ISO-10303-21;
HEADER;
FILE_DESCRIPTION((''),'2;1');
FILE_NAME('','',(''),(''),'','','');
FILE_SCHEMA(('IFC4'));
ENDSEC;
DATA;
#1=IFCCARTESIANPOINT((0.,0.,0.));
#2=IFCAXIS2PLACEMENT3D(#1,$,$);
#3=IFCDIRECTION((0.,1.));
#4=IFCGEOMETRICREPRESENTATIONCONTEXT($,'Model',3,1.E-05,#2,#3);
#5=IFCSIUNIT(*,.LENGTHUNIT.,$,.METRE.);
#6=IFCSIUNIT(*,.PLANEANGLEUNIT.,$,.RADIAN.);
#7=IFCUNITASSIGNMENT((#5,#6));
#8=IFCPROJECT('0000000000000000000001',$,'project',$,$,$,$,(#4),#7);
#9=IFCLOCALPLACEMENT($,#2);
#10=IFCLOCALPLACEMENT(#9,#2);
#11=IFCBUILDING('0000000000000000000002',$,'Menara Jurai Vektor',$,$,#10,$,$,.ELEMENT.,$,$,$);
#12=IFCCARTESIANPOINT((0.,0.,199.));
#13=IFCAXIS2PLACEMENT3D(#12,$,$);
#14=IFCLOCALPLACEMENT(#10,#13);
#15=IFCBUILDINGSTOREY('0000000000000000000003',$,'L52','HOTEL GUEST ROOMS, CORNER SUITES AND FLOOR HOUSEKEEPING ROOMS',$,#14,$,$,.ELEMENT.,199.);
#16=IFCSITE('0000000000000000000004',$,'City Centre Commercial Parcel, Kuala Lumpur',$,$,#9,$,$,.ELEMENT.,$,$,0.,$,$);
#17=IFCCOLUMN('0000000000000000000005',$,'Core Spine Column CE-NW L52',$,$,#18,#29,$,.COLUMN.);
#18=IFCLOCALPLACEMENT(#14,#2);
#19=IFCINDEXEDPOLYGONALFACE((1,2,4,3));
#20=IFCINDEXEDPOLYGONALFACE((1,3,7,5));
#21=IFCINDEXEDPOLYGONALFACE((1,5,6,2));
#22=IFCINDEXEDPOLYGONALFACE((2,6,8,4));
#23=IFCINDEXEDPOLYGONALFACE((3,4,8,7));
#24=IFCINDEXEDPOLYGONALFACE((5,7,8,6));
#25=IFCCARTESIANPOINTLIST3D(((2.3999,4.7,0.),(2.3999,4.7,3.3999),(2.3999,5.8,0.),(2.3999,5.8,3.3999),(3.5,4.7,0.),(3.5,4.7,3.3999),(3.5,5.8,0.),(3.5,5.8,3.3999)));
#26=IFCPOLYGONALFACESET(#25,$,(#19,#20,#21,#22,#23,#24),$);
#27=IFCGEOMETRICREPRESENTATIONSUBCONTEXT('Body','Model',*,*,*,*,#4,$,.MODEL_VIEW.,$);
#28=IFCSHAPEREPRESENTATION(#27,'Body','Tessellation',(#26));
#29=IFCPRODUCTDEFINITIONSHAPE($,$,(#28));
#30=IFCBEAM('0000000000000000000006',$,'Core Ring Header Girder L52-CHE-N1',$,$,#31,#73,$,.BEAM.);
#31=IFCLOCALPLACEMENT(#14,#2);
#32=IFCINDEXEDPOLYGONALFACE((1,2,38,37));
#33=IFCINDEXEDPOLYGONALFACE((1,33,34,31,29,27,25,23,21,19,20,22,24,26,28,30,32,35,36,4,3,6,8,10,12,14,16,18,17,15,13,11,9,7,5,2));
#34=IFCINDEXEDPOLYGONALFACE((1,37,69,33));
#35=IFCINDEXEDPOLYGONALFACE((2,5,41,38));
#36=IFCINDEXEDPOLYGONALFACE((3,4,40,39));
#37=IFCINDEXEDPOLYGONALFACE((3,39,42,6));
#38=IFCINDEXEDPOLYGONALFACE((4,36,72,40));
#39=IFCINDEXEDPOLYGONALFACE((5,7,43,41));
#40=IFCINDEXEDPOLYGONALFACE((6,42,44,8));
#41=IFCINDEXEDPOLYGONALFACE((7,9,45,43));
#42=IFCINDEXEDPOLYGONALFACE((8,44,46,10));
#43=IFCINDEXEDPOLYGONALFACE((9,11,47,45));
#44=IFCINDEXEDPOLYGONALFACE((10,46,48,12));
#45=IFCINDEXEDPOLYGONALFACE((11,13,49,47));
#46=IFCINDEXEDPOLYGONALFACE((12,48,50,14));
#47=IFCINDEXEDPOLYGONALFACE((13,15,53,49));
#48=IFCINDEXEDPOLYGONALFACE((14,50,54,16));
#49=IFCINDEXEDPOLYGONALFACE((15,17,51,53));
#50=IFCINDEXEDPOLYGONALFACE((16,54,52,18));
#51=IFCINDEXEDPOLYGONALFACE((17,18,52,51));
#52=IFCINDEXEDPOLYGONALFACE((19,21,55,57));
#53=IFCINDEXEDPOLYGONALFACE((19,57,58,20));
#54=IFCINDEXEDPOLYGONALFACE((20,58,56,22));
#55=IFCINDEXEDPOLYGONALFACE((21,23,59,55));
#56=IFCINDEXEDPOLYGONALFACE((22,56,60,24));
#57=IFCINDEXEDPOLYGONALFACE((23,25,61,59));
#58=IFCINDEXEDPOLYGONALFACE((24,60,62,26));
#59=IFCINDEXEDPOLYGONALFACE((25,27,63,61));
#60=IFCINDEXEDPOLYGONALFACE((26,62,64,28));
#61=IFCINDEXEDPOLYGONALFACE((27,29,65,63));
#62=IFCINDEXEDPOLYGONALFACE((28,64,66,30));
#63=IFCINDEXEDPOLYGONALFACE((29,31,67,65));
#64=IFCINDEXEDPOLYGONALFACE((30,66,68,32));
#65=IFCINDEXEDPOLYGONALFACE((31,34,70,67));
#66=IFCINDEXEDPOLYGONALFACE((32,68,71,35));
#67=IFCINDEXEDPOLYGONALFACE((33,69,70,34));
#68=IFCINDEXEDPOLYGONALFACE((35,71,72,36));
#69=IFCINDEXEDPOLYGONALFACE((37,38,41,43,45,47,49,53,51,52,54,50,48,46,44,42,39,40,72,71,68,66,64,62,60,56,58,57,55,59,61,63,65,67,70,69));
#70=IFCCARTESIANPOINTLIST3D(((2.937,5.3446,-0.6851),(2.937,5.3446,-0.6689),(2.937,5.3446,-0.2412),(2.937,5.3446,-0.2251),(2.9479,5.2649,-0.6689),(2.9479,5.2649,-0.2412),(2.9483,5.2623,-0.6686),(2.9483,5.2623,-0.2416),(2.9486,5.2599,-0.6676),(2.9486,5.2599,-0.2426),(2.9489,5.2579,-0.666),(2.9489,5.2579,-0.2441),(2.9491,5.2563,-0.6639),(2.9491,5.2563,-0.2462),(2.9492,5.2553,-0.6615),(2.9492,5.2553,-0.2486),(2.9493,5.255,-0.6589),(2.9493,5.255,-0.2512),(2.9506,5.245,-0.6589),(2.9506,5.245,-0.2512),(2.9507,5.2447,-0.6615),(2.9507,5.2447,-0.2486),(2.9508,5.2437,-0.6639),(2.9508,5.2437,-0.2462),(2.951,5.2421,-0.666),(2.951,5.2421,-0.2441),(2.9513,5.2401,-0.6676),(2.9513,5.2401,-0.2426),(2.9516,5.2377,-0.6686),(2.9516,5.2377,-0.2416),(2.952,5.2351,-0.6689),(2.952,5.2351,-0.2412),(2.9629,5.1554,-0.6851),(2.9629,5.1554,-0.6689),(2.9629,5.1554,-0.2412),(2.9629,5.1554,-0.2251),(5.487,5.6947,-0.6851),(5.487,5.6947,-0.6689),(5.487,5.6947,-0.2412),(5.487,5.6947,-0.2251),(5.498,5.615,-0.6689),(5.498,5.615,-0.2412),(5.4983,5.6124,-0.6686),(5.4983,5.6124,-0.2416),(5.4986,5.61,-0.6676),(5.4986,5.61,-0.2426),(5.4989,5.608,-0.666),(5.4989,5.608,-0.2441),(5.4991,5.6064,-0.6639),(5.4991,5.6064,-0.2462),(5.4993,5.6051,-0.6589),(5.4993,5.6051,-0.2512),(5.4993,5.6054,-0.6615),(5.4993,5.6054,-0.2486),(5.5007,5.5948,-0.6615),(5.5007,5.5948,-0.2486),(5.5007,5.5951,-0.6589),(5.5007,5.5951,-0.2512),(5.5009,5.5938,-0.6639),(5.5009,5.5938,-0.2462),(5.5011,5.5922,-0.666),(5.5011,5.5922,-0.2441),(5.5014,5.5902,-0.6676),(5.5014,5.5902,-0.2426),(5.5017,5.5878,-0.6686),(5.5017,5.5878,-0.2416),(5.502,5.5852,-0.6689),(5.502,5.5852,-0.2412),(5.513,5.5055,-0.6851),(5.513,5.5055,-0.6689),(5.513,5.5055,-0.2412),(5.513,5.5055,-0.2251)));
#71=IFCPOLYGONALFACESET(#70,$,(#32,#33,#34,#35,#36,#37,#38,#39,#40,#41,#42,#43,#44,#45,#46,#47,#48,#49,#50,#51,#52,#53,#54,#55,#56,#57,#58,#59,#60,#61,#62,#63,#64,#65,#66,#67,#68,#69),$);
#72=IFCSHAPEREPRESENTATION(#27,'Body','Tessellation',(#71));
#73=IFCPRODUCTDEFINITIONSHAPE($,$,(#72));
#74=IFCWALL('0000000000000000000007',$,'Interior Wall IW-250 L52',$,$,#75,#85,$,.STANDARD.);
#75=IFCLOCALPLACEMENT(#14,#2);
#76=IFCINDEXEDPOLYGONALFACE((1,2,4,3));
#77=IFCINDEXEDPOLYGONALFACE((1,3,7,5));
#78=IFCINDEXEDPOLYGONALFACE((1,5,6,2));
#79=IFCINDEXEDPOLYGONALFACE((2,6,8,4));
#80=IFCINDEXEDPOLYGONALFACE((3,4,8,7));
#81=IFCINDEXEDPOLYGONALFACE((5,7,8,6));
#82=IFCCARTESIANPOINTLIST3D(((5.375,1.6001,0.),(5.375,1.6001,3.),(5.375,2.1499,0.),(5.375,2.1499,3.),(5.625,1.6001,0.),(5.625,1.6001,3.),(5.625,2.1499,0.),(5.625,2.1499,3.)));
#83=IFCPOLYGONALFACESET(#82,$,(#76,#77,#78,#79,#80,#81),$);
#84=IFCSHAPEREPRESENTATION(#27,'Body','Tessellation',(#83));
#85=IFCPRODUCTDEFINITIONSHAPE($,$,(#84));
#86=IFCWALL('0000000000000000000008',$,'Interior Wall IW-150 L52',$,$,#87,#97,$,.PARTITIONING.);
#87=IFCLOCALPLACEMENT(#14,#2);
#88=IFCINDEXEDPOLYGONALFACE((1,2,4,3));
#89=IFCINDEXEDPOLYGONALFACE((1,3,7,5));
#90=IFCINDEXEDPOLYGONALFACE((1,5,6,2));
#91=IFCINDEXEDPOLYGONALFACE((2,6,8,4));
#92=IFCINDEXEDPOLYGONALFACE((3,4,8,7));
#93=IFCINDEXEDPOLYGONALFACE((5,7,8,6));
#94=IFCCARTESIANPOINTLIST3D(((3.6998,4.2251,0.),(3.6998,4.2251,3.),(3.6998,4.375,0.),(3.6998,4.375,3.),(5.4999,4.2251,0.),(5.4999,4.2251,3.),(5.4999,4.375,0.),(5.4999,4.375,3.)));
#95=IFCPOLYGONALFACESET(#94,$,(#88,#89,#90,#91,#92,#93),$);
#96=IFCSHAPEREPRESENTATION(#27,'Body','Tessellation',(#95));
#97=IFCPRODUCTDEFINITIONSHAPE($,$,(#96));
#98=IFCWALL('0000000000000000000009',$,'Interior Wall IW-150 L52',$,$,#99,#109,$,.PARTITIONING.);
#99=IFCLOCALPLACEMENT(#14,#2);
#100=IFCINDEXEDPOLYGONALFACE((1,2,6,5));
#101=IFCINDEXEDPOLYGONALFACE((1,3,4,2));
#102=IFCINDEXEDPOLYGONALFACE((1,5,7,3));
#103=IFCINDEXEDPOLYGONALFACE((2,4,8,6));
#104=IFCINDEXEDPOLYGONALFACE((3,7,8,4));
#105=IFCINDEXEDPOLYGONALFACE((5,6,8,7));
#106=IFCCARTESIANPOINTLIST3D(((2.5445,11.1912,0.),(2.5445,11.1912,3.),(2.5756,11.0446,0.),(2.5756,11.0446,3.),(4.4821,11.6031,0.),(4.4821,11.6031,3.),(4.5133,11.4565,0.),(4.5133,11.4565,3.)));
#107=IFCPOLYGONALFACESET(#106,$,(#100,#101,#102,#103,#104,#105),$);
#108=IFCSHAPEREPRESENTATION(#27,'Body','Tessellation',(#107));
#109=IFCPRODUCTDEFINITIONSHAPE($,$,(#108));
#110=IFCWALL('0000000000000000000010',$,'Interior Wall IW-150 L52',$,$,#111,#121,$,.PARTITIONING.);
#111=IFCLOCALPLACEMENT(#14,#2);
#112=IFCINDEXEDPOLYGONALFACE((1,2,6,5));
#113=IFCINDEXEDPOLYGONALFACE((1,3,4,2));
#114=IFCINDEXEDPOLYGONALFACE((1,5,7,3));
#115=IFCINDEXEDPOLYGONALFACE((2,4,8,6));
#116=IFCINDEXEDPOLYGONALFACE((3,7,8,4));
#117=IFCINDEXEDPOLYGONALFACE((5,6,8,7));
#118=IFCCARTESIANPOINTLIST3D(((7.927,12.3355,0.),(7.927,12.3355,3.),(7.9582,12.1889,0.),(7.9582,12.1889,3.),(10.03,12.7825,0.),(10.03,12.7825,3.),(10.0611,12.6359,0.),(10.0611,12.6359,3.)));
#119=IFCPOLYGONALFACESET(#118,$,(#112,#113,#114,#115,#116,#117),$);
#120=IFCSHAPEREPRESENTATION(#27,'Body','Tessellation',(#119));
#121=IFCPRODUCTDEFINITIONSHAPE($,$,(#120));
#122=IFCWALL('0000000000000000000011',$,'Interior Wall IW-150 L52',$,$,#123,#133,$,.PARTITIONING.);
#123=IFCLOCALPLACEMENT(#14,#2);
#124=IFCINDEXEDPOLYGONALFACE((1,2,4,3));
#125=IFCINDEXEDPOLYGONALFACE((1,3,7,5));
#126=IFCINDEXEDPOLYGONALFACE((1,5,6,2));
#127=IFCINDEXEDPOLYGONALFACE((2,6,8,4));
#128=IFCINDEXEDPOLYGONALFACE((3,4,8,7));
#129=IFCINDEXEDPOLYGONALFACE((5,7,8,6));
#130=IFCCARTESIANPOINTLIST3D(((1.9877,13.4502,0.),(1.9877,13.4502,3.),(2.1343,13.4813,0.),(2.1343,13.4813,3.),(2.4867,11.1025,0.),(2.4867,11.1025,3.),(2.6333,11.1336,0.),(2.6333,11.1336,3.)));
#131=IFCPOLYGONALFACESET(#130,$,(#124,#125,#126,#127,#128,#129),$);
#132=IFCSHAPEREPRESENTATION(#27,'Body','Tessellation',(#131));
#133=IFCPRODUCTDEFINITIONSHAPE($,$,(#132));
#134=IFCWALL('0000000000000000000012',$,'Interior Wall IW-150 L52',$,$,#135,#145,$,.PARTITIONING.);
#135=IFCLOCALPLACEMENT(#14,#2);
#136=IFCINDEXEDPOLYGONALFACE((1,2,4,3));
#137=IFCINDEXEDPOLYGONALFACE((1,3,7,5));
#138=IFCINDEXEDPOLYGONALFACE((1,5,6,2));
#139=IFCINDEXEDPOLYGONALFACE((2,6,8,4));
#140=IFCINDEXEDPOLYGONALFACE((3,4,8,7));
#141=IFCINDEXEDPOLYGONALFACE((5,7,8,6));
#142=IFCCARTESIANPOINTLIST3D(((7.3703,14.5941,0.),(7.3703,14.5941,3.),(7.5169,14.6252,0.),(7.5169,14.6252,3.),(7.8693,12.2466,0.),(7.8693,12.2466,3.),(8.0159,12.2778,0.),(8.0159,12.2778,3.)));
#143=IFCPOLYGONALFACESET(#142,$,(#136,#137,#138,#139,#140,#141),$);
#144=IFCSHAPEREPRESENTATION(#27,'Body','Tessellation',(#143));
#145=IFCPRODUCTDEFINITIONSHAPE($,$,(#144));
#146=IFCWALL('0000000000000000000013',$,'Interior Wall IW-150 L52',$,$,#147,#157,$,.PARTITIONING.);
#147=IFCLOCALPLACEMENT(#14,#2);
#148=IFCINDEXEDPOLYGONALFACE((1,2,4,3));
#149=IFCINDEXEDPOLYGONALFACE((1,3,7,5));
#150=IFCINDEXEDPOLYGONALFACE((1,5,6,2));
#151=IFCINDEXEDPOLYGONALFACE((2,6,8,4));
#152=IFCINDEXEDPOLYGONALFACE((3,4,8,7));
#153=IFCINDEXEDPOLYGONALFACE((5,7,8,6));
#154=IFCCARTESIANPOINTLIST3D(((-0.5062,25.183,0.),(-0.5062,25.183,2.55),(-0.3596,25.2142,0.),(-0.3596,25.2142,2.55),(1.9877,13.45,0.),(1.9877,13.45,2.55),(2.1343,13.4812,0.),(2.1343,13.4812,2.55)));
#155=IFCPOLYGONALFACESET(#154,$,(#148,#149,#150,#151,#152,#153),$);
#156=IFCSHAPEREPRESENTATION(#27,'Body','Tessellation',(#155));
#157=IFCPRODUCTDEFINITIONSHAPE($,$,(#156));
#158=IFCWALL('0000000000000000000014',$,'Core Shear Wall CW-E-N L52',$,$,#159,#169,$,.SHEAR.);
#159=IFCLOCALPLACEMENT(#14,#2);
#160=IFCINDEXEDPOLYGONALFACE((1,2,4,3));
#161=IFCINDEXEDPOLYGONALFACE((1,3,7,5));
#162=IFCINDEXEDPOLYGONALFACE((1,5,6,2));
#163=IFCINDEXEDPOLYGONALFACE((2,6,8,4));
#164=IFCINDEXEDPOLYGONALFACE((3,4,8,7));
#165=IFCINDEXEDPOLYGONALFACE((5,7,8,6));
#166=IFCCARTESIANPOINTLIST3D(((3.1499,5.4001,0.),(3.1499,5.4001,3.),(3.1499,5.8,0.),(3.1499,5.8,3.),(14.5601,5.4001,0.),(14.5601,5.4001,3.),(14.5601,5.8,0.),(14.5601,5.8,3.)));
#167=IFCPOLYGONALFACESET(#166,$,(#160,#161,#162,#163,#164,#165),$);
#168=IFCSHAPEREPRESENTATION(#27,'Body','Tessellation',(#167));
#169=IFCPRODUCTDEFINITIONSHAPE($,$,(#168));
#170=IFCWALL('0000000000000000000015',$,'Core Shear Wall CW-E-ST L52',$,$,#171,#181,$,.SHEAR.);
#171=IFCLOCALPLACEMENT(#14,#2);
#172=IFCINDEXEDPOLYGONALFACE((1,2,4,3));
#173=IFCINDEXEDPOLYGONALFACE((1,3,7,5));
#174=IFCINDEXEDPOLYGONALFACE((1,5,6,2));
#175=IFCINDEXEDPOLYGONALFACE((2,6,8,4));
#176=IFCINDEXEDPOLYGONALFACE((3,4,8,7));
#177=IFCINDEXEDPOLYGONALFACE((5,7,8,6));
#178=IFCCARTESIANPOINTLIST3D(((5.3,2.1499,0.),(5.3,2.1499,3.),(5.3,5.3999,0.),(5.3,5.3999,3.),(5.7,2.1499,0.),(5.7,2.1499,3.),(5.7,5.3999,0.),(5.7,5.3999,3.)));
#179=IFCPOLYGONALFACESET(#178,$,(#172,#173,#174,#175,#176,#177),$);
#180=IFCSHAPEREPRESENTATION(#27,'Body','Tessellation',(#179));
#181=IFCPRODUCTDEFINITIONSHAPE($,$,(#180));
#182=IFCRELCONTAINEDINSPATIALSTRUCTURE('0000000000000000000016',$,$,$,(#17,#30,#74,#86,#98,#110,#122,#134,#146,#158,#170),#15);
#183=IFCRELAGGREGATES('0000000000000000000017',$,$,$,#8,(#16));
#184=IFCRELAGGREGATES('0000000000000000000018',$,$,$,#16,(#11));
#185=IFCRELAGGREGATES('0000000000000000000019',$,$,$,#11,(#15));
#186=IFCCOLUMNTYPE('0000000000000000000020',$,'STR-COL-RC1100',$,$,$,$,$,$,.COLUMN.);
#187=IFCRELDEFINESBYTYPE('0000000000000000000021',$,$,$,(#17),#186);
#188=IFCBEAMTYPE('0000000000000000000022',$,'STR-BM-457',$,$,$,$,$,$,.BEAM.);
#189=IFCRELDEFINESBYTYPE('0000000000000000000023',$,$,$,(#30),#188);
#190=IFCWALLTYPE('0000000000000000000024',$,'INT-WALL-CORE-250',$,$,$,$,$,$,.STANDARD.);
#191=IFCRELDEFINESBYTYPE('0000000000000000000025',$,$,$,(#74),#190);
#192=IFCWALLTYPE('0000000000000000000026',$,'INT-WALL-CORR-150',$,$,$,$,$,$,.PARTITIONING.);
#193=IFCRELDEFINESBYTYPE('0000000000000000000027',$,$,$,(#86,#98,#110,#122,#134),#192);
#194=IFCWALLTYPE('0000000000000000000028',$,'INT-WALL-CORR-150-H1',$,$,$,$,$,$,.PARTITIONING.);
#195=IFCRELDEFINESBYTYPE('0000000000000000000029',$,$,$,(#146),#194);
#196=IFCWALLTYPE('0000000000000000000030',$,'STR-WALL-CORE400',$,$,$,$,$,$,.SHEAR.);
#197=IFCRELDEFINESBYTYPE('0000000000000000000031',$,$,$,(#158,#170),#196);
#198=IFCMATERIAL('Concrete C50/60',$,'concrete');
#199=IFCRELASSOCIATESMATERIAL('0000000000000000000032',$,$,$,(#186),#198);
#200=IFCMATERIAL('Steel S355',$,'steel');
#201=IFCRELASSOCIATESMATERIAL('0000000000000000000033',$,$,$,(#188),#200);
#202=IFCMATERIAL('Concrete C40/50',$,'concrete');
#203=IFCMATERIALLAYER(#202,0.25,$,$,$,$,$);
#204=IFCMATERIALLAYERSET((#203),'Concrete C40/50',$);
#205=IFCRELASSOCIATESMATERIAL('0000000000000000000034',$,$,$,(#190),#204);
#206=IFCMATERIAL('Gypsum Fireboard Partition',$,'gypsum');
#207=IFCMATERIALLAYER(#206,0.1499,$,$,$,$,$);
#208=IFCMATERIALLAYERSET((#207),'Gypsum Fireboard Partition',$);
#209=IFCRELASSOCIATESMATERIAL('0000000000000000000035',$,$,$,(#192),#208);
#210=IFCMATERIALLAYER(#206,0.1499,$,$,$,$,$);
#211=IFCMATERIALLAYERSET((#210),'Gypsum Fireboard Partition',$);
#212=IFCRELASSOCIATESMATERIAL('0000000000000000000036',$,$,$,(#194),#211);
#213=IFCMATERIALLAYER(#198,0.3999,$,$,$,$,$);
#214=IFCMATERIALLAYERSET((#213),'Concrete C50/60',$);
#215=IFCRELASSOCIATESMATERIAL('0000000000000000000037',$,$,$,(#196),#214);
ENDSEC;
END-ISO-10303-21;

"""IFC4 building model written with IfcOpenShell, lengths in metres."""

from ifc_helpers import new_model, si_unit, direction, frame, frame_2d, origin, origin_2d, place, context, subcontext, project, spatial, rectangle, i_section, extrude, material, layer, layer_set, material_profile, profile_set, type_object, element, save


model = new_model("IFC4")

# Units and contexts
model_context = context("Model", 3, precision=1e-05, world=origin(), true_north=direction((0.0, 1.0)))
body_context = subcontext(model_context, "Body", "Model", "MODEL_VIEW")
ifc_project = project(units=[si_unit("LENGTHUNIT", "METRE"), si_unit("PLANEANGLEUNIT", "RADIAN")], contexts=[model_context])

# Site, building, storey
site_placement = place(None, origin())
site = spatial("IfcSite", under=ifc_project, at=site_placement, Name="City Centre Commercial Parcel, Kuala Lumpur", CompositionType="ELEMENT", RefElevation=0.0)
building_placement = place(site_placement, origin())
building = spatial("IfcBuilding", under=site, at=building_placement, Name="Menara Jurai Vektor", CompositionType="ELEMENT")
storey_placement = place(building_placement, frame((0.0, 0.0, 199.0)))
storey = spatial("IfcBuildingStorey", under=building, at=storey_placement, Name="L52", Description="HOTEL GUEST ROOMS, CORNER SUITES AND FLOOR HOUSEKEEPING ROOMS", CompositionType="ELEMENT", Elevation=199.0)

# Column
ifc_material_1 = material(Name="Concrete C50/60", Category="concrete")
ifc_material_profile_1 = material_profile(ifc_material_1, rectangle(XDim=1.1001, YDim=1.1001, at=origin_2d()), Name="RC 1100x1100")
ifc_profile_set_1 = profile_set([ifc_material_profile_1], Name="Concrete C50/60")
column_type = type_object("IfcColumnType", Name="STR-COL-RC1100", PredefinedType="COLUMN", material=ifc_profile_set_1)
column_placement = place(storey_placement, frame((2.95, 5.25, 0.0), z_axis=(0.0, 0.0, 1.0), x_axis=(1.0, 0.0, 0.0)))
element("IfcColumn", 1, at=column_placement, inside=storey, type_object=column_type, Name="Core Spine Column CE-NW L52", PredefinedType="COLUMN", context=body_context, shape_type="SweptSolid", body=[
    extrude(rectangle(XDim=1.1001, YDim=1.1001, at=origin_2d()), origin(), (0.0, 0.0, 1.0), 3.3999),
])

# Beam
ifc_material_2 = material(Name="Steel S355", Category="steel")
ifc_material_profile_2 = material_profile(ifc_material_2, i_section(OverallWidth=0.1909, OverallDepth=0.46, WebThickness=0.01, FlangeThickness=0.0161, FilletRadius=0.01, at=origin_2d()), Name="UKB 457x191x82")
ifc_profile_set_2 = profile_set([ifc_material_profile_2], Name="Steel S355")
beam_type = type_object("IfcBeamType", Name="STR-BM-457", PredefinedType="BEAM", material=ifc_profile_set_2)
beam_placement = place(storey_placement, frame((2.95, 5.25, -0.4551), z_axis=(0.990707, 0.136015, 0.0), x_axis=(-0.136015, 0.990707, 0.0)))
element("IfcBeam", 2, at=beam_placement, inside=storey, type_object=beam_type, Name="Core Ring Header Girder L52-CHE-N1", PredefinedType="BEAM", context=body_context, shape_type="SweptSolid", body=[
    extrude(i_section(OverallWidth=0.1909, OverallDepth=0.46, WebThickness=0.01, FlangeThickness=0.0161, FilletRadius=0.01, at=origin_2d()), origin(), (0.0, 0.0, 1.0), 2.574),
])

# Walls
ifc_material_3 = material(Name="Concrete C40/50", Category="concrete")
ifc_layer_1 = layer(ifc_material_3, 0.25)
ifc_layer_set_1 = layer_set([ifc_layer_1], Name="Concrete C40/50")
wall_type_1 = type_object("IfcWallType", Name="INT-WALL-CORE-250", PredefinedType="STANDARD", material=ifc_layer_set_1)
wall_1_placement = place(storey_placement, frame((5.5, 1.6001, 0.0), z_axis=(0.0, 0.0, 1.0), x_axis=(0.0, 1.0, 0.0)))
element("IfcWall", 3, at=wall_1_placement, inside=storey, type_object=wall_type_1, Name="Interior Wall IW-250 L52", PredefinedType="STANDARD", context=body_context, shape_type="SweptSolid", body=[
    extrude(rectangle(XDim=0.5498, YDim=0.25, at=frame_2d((0.2749, 0.0))), origin(), (0.0, 0.0, 1.0), 3.0),
])
ifc_material_4 = material(Name="Gypsum Fireboard Partition", Category="gypsum")
ifc_layer_2 = layer(ifc_material_4, 0.1499)
ifc_layer_set_2 = layer_set([ifc_layer_2], Name="Gypsum Fireboard Partition")
wall_type_2 = type_object("IfcWallType", Name="INT-WALL-CORR-150", PredefinedType="PARTITIONING", material=ifc_layer_set_2)
wall_2_placement = place(storey_placement, frame((3.7, 4.3, 0.0), z_axis=(0.0, 0.0, 1.0), x_axis=(1.0, 0.0, 0.0)))
element("IfcWall", 4, at=wall_2_placement, inside=storey, type_object=wall_type_2, Name="Interior Wall IW-150 L52", PredefinedType="PARTITIONING", context=body_context, shape_type="SweptSolid", body=[
    extrude(rectangle(XDim=1.8, YDim=0.1499, at=frame_2d((0.8999, 0.0))), origin(), (0.0, 0.0, 1.0), 3.0),
])

# Walls
wall_3_placement = place(storey_placement, frame((2.5601, 11.1179, 0.0), z_axis=(0.0, 0.0, 1.0), x_axis=(0.978149, 0.207904, 0.0)))
element("IfcWall", 5, at=wall_3_placement, inside=storey, type_object=wall_type_2, Name="Interior Wall IW-150 L52", PredefinedType="PARTITIONING", context=body_context, shape_type="SweptSolid", body=[
    extrude(rectangle(XDim=1.981, YDim=0.1499, at=frame_2d((0.9905, 0.0))), origin(), (0.0, 0.0, 1.0), 3.0),
])
wall_4_placement = place(storey_placement, frame((7.9426, 12.2622, 0.0), z_axis=(0.0, 0.0, 1.0), x_axis=(0.978147, 0.207916, 0.0)))
element("IfcWall", 6, at=wall_4_placement, inside=storey, type_object=wall_type_2, Name="Interior Wall IW-150 L52", PredefinedType="PARTITIONING", context=body_context, shape_type="SweptSolid", body=[
    extrude(rectangle(XDim=2.1499, YDim=0.1499, at=frame_2d((1.075, 0.0))), origin(), (0.0, 0.0, 1.0), 3.0),
])
wall_5_placement = place(storey_placement, frame((2.5601, 11.1179, 0.0), z_axis=(0.0, 0.0, 1.0), x_axis=(-0.207917, 0.978146, 0.0)))
element("IfcWall", 7, at=wall_5_placement, inside=storey, type_object=wall_type_2, Name="Interior Wall IW-150 L52", PredefinedType="PARTITIONING", context=body_context, shape_type="SweptSolid", body=[
    extrude(rectangle(XDim=2.4001, YDim=0.1499, at=frame_2d((1.2002, 0.0))), origin(), (0.0, 0.0, 1.0), 3.0),
])

# Walls
wall_6_placement = place(storey_placement, frame((7.9426, 12.2622, 0.0), z_axis=(0.0, 0.0, 1.0), x_axis=(-0.207938, 0.978142, 0.0)))
element("IfcWall", 8, at=wall_6_placement, inside=storey, type_object=wall_type_2, Name="Interior Wall IW-150 L52", PredefinedType="PARTITIONING", context=body_context, shape_type="SweptSolid", body=[
    extrude(rectangle(XDim=2.3999, YDim=0.1499, at=frame_2d((1.2, 0.0))), origin(), (0.0, 0.0, 1.0), 3.0),
])
ifc_layer_3 = layer(ifc_material_4, 0.1499)
ifc_layer_set_3 = layer_set([ifc_layer_3], Name="Gypsum Fireboard Partition")
wall_type_3 = type_object("IfcWallType", Name="INT-WALL-CORR-150-H1", PredefinedType="PARTITIONING", material=ifc_layer_set_3)
wall_7_placement = place(storey_placement, frame((2.061, 13.4656, 0.0), z_axis=(0.0, 0.0, 1.0), x_axis=(-0.207911, 0.978148, 0.0)))
element("IfcWall", 9, at=wall_7_placement, inside=storey, type_object=wall_type_3, Name="Interior Wall IW-150 L52", PredefinedType="PARTITIONING", context=body_context, shape_type="SweptSolid", body=[
    extrude(rectangle(XDim=11.9951, YDim=0.1499, at=frame_2d((5.9976, 0.0))), origin(), (0.0, 0.0, 1.0), 2.55),
])
ifc_layer_4 = layer(ifc_material_1, 0.3999)
ifc_layer_set_4 = layer_set([ifc_layer_4], Name="Concrete C50/60")
wall_type_4 = type_object("IfcWallType", Name="STR-WALL-CORE400", PredefinedType="SHEAR", material=ifc_layer_set_4)
wall_8_placement = place(storey_placement, frame((3.1499, 5.6001, 0.0), z_axis=(0.0, 0.0, 1.0), x_axis=(1.0, 0.0, 0.0)))
element("IfcWall", 10, at=wall_8_placement, inside=storey, type_object=wall_type_4, Name="Core Shear Wall CW-E-N L52", PredefinedType="SHEAR", context=body_context, shape_type="SweptSolid", body=[
    extrude(rectangle(XDim=11.4102, YDim=0.3999, at=frame_2d((5.7051, 0.0))), origin(), (0.0, 0.0, 1.0), 3.0),
])
wall_9_placement = place(storey_placement, frame((5.5, 2.1499, 0.0), z_axis=(0.0, 0.0, 1.0), x_axis=(0.0, 1.0, 0.0)))
element("IfcWall", 11, at=wall_9_placement, inside=storey, type_object=wall_type_4, Name="Core Shear Wall CW-E-ST L52", PredefinedType="SHEAR", context=body_context, shape_type="SweptSolid", body=[
    extrude(rectangle(XDim=3.25, YDim=0.3999, at=frame_2d((1.625, 0.0))), origin(), (0.0, 0.0, 1.0), 3.0),
])

save(model, "model.ifc")
